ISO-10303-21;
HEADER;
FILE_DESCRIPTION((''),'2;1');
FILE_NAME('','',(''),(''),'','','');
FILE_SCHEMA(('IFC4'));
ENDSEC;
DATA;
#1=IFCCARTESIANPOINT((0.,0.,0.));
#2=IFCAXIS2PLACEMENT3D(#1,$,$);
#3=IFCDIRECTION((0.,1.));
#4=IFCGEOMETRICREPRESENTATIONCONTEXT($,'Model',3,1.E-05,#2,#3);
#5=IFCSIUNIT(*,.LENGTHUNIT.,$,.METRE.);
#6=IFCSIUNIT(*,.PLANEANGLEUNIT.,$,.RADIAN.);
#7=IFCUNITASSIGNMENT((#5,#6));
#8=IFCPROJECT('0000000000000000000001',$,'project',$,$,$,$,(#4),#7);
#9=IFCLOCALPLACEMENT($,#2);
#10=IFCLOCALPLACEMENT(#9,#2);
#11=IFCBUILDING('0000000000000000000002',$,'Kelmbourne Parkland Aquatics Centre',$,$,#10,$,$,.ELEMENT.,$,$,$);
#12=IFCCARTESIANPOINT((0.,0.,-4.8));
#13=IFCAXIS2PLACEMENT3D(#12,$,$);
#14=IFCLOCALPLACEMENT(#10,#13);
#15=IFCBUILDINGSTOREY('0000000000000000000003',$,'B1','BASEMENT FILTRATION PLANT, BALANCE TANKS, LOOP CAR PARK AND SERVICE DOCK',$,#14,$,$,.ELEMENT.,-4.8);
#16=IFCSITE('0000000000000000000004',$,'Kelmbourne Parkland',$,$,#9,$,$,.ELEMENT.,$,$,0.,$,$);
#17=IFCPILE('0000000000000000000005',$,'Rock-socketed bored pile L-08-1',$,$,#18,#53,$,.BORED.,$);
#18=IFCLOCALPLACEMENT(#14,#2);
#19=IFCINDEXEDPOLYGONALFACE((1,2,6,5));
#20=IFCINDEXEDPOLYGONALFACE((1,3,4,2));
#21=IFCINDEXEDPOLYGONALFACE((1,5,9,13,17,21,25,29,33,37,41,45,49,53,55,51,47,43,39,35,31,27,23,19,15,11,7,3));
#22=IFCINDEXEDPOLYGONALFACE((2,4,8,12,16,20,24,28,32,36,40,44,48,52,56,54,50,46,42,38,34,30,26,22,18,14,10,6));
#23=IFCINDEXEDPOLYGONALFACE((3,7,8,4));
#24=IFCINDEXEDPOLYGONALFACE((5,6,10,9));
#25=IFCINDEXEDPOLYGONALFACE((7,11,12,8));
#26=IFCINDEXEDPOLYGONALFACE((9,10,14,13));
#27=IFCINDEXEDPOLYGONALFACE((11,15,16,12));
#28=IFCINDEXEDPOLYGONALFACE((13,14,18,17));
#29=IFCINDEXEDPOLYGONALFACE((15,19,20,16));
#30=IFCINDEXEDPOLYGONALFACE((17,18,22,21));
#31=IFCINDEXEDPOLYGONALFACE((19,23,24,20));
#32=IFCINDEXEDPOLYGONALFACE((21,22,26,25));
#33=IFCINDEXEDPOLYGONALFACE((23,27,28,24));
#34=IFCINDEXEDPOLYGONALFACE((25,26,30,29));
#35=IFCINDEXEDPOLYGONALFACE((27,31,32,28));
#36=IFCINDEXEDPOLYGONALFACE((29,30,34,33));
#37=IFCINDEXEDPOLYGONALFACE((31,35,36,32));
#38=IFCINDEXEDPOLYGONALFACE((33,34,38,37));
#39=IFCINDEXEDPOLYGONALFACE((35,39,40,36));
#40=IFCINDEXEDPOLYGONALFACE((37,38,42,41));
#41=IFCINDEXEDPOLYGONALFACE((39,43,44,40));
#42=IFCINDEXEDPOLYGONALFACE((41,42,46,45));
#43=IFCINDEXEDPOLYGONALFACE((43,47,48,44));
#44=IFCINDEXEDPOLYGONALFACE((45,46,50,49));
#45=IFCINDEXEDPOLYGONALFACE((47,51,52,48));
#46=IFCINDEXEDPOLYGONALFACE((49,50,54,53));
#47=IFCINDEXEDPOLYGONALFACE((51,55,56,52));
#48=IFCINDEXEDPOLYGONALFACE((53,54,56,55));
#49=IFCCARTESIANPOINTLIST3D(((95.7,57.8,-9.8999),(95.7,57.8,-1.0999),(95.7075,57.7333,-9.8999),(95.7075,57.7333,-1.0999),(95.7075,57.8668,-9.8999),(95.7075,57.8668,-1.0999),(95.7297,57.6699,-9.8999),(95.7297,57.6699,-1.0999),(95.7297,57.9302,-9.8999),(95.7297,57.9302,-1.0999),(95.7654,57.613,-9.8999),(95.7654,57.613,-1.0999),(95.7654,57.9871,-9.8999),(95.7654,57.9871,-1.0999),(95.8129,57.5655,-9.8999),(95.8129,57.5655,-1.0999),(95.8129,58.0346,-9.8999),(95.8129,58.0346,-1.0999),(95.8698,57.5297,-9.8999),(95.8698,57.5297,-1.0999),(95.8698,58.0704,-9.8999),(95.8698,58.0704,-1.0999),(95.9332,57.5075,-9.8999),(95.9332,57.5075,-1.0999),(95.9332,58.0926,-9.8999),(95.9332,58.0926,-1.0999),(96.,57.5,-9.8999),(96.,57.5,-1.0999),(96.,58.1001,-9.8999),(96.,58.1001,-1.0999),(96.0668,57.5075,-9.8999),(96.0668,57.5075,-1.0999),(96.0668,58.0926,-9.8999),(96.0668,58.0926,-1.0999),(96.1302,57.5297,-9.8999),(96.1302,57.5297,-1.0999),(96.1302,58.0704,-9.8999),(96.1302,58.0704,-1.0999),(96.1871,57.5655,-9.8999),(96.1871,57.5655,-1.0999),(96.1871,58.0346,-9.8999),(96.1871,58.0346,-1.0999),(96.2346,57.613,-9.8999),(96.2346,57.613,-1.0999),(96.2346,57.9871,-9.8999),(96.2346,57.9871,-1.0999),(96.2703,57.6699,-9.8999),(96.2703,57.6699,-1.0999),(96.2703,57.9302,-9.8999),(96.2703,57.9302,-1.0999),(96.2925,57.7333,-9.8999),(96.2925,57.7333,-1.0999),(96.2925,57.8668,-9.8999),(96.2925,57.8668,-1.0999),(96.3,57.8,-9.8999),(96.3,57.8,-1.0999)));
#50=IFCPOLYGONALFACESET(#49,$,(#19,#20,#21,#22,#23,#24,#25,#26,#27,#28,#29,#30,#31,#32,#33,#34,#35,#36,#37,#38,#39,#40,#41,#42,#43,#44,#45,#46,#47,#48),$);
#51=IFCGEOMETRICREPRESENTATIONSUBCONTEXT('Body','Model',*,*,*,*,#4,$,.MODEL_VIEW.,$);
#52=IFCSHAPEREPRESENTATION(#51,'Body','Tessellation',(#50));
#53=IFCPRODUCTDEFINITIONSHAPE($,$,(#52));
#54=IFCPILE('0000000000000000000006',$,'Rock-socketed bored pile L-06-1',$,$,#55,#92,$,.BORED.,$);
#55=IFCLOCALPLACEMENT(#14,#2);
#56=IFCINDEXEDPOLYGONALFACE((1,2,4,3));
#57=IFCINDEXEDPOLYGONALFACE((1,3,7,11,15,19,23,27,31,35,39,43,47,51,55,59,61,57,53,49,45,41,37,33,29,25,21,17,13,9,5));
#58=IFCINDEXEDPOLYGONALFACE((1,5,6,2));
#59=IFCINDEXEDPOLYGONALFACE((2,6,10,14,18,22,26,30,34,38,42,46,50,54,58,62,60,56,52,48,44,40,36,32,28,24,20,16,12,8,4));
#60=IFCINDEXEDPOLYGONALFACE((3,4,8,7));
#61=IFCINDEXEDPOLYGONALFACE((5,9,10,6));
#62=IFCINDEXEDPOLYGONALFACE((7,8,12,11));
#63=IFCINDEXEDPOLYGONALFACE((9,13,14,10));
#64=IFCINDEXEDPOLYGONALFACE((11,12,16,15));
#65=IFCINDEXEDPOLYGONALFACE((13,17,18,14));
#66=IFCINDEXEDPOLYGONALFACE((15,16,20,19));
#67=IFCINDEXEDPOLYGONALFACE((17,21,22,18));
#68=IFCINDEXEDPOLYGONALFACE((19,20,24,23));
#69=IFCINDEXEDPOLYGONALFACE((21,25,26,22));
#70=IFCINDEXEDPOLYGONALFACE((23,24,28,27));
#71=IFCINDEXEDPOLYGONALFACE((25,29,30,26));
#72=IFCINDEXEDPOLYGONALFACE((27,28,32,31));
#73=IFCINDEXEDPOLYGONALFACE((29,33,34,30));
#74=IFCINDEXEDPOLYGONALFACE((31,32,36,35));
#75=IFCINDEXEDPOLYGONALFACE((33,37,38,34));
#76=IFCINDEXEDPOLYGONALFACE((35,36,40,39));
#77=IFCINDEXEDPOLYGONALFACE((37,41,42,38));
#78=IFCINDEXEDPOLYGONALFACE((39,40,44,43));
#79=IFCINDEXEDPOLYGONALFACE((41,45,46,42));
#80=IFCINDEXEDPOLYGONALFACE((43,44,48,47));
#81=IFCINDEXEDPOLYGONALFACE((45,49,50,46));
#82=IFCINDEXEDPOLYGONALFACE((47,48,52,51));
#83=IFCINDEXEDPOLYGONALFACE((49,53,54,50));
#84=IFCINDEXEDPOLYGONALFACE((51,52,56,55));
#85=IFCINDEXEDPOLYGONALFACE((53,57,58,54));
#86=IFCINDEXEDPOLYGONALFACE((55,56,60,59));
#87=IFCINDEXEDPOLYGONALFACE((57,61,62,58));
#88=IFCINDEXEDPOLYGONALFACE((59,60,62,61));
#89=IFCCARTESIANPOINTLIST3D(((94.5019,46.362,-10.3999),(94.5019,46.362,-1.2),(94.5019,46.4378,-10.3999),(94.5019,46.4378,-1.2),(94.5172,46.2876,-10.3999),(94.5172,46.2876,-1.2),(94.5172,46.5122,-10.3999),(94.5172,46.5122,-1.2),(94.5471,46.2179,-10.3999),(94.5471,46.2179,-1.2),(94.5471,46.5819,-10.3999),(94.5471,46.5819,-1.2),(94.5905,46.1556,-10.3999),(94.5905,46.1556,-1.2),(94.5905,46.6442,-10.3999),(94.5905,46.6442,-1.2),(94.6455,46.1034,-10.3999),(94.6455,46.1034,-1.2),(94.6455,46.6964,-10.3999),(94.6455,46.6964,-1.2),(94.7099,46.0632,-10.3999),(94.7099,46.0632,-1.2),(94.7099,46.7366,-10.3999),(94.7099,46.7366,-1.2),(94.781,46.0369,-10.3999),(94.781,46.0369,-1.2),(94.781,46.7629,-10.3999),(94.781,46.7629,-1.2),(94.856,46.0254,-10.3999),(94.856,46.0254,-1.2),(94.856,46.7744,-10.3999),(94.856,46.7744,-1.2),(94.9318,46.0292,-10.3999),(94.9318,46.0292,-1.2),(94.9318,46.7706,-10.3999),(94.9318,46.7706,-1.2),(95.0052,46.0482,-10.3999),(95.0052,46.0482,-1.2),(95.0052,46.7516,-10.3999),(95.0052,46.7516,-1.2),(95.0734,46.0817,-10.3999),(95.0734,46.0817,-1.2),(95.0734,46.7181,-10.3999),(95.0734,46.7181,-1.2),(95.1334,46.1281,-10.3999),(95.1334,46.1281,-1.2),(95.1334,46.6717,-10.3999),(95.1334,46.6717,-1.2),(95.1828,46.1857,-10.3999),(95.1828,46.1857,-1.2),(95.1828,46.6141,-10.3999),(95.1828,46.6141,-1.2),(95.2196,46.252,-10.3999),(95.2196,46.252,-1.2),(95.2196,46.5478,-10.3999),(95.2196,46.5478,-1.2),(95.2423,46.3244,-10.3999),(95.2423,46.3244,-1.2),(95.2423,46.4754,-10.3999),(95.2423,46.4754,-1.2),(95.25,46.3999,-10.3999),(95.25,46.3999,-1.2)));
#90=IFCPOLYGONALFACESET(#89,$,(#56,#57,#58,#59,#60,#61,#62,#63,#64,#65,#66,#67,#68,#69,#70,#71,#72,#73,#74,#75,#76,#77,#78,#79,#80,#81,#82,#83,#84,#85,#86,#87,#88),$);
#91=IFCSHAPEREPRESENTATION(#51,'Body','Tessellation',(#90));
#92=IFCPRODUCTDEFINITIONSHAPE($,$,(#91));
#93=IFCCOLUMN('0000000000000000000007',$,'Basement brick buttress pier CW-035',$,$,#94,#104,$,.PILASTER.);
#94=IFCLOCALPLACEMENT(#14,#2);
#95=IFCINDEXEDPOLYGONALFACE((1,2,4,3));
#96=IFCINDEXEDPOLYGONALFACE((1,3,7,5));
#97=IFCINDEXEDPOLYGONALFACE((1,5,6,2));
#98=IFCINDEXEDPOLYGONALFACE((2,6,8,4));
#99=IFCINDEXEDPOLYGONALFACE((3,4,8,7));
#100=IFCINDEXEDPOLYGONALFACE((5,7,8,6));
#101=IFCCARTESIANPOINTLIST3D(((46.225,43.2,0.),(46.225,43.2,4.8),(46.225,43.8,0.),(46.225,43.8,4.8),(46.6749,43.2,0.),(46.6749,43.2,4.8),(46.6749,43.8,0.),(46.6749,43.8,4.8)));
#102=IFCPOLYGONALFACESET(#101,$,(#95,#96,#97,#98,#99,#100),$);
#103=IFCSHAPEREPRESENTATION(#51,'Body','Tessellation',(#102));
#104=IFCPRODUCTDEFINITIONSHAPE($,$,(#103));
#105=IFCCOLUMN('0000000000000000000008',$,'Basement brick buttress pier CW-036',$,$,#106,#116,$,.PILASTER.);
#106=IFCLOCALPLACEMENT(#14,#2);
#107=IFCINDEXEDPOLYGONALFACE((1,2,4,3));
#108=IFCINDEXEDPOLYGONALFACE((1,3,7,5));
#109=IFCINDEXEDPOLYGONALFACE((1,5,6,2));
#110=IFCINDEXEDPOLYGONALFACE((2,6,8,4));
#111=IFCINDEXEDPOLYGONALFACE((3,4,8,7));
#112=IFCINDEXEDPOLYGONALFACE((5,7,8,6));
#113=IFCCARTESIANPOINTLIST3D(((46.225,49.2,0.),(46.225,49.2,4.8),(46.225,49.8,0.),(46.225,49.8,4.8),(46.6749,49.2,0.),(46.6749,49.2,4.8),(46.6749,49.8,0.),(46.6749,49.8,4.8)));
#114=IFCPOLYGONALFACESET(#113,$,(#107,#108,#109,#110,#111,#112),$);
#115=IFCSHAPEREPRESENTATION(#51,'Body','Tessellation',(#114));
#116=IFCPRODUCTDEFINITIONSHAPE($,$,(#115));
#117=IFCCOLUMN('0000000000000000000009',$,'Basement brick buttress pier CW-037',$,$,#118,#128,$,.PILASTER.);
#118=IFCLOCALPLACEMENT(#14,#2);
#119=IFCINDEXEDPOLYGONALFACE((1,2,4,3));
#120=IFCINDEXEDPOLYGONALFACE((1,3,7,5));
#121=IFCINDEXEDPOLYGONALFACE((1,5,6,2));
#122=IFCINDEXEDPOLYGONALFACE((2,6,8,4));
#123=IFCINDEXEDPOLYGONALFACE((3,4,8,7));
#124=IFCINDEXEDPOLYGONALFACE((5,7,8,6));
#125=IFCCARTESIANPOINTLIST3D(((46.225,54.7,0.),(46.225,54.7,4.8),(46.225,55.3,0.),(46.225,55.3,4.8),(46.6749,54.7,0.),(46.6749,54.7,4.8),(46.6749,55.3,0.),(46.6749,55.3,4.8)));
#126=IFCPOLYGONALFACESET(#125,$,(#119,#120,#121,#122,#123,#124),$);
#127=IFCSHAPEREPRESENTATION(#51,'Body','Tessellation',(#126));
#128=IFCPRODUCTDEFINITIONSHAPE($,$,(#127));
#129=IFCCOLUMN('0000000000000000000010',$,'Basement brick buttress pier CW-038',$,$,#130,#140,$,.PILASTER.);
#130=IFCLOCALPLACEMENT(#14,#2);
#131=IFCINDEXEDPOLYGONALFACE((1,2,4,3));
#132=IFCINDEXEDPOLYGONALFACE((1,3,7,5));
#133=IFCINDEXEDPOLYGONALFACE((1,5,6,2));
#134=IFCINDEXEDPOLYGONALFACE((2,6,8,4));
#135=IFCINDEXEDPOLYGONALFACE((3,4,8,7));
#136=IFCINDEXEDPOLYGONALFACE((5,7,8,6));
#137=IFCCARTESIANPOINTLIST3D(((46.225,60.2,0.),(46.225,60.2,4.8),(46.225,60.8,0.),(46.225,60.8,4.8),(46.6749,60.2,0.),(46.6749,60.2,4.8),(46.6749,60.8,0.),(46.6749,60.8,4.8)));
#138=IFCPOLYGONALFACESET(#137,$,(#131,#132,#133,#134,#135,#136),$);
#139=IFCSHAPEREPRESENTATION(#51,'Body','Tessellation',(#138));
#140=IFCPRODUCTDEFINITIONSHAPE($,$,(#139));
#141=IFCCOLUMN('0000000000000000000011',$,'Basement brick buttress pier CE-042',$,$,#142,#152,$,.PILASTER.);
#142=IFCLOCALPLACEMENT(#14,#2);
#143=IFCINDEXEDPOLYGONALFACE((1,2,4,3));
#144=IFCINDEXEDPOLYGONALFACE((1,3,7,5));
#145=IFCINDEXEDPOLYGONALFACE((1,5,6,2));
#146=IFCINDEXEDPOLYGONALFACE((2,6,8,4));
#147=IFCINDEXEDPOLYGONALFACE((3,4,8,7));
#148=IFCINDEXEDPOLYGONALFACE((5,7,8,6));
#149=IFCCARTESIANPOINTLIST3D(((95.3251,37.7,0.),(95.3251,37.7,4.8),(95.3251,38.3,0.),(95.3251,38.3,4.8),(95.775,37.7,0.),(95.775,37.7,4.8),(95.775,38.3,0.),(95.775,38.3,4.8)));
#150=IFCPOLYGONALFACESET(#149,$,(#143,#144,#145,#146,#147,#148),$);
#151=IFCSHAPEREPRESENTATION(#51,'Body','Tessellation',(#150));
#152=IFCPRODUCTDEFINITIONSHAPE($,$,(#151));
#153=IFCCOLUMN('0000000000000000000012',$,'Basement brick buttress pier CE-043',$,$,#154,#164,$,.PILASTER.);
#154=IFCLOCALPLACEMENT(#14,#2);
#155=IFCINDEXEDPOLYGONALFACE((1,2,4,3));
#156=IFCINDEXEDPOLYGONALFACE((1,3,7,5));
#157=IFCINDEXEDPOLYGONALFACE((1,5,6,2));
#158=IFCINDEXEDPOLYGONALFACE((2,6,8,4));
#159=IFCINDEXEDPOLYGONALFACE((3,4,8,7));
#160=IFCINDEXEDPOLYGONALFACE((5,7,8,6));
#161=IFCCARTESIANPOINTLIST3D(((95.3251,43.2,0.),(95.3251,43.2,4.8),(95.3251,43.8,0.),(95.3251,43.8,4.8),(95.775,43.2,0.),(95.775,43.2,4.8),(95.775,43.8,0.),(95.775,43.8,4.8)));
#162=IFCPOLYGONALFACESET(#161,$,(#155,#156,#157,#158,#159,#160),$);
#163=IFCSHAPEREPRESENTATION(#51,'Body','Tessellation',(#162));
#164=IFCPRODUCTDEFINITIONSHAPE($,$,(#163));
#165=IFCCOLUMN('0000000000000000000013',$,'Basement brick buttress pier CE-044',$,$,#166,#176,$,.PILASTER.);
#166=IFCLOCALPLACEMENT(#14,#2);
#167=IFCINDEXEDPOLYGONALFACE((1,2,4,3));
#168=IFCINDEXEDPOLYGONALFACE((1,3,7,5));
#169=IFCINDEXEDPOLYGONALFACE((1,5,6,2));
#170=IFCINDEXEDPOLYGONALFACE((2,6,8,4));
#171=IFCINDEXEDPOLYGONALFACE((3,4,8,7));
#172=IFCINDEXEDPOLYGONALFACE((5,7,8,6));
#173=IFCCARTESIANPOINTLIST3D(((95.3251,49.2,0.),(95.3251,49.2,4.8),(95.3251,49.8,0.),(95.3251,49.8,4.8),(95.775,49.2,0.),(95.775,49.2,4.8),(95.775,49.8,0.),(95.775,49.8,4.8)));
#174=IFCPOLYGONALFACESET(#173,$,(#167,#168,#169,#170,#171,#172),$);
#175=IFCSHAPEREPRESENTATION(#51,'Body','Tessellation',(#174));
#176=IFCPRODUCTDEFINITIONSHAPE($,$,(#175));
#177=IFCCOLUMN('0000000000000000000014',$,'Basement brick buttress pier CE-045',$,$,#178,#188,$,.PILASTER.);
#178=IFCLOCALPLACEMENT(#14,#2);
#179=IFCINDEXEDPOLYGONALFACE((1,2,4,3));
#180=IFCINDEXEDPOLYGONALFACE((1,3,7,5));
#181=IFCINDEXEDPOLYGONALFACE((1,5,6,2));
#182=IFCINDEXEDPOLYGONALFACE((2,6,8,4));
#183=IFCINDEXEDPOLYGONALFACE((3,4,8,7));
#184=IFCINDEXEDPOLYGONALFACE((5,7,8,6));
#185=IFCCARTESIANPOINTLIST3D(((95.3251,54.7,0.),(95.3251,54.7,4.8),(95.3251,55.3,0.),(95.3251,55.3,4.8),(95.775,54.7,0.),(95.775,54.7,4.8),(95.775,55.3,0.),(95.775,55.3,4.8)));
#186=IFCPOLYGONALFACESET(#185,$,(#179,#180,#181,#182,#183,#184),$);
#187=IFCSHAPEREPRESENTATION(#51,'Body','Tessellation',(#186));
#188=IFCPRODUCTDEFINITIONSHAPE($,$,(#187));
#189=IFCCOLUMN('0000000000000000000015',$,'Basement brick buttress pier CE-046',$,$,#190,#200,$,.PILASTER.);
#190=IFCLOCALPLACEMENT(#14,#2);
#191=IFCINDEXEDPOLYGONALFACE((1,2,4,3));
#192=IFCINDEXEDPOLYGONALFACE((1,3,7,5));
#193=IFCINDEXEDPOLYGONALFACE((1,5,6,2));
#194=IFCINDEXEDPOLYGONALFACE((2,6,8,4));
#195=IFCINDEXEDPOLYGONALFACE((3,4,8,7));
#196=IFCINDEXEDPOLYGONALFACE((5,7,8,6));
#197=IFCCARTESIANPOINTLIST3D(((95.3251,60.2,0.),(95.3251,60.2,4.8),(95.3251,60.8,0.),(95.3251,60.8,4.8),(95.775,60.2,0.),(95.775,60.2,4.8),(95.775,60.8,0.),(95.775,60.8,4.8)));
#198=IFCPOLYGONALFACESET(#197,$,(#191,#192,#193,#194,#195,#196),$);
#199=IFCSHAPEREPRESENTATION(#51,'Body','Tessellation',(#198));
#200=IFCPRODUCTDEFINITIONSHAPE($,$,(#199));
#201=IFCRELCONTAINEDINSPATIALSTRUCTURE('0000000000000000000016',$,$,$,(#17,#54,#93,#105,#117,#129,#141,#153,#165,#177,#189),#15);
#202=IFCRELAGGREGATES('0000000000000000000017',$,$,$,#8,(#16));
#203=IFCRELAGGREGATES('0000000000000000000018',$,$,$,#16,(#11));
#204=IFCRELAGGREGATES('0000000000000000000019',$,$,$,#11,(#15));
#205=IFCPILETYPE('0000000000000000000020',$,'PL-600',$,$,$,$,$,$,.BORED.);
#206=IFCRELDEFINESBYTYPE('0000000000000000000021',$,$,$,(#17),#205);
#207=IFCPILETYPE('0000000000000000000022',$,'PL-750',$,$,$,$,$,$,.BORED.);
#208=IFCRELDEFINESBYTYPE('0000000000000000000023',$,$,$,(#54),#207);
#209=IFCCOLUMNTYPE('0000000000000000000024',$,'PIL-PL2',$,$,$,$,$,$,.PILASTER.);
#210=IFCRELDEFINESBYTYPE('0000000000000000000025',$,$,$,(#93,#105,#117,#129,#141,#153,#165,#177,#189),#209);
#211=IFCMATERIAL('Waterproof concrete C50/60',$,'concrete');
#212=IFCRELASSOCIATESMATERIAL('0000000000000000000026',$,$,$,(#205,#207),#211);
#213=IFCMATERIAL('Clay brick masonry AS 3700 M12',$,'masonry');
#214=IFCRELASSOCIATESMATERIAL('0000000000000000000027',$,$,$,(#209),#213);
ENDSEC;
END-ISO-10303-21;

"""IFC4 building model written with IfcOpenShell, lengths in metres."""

from ifc_helpers import new_model, si_unit, direction, frame, origin, origin_2d, place, context, subcontext, project, spatial, rectangle, circle, extrude, material, material_profile, profile_set, type_object, element, save


model = new_model("IFC4")

# Units and contexts
model_context = context("Model", 3, precision=1e-05, world=origin(), true_north=direction((0.0, 1.0)))
body_context = subcontext(model_context, "Body", "Model", "MODEL_VIEW")
ifc_project = project(units=[si_unit("LENGTHUNIT", "METRE"), si_unit("PLANEANGLEUNIT", "RADIAN")], contexts=[model_context])

# Site, building, storey
site_placement = place(None, origin())
site = spatial("IfcSite", under=ifc_project, at=site_placement, Name="Kelmbourne Parkland", CompositionType="ELEMENT", RefElevation=0.0)
building_placement = place(site_placement, origin())
building = spatial("IfcBuilding", under=site, at=building_placement, Name="Kelmbourne Parkland Aquatics Centre", CompositionType="ELEMENT")
storey_placement = place(building_placement, frame((0.0, 0.0, -4.8)))
storey = spatial("IfcBuildingStorey", under=building, at=storey_placement, Name="B1", Description="BASEMENT FILTRATION PLANT, BALANCE TANKS, LOOP CAR PARK AND SERVICE DOCK", CompositionType="ELEMENT", Elevation=-4.8)

# Shared definitions
ifc_material_1 = material(Name="Waterproof concrete C50/60", Category="concrete")

# Piles
ifc_material_profile_1 = material_profile(ifc_material_1, circle(Radius=0.3, at=origin_2d()), Name="PILE D600")
ifc_profile_set_1 = profile_set([ifc_material_profile_1], Name="Waterproof concrete C50/60")
pile_type_1 = type_object("IfcPileType", Name="PL-600", PredefinedType="BORED", material=ifc_profile_set_1)
for number, where, z_axis, x_axis, name in (
    (1, (96.0, 57.8, -1.0999), (0.0, 0.0, -1.0), (1.0, 0.0, 0.0), "Rock-socketed bored pile L-08-1"),
):
    element("IfcPile", number, at=place(storey_placement, frame(where, z_axis=z_axis, x_axis=x_axis)), inside=storey, type_object=pile_type_1, Name=name, PredefinedType="BORED", context=body_context, shape_type="SweptSolid", body=[
        extrude(circle(Radius=0.3, at=origin_2d()), origin(), (0.0, 0.0, 1.0), 8.8),
    ])
ifc_material_profile_2 = material_profile(ifc_material_1, circle(Radius=0.375, at=origin_2d()), Name="PILE D750")
ifc_profile_set_2 = profile_set([ifc_material_profile_2], Name="Waterproof concrete C50/60")
pile_type_2 = type_object("IfcPileType", Name="PL-750", PredefinedType="BORED", material=ifc_profile_set_2)
pile_placement = place(storey_placement, frame((94.875, 46.3999, -1.2), z_axis=(0.0, 0.0, -1.0), x_axis=(1.0, 0.0, 0.0)))
element("IfcPile", 2, at=pile_placement, inside=storey, type_object=pile_type_2, Name="Rock-socketed bored pile L-06-1", PredefinedType="BORED", context=body_context, shape_type="SweptSolid", body=[
    extrude(circle(Radius=0.375, at=origin_2d()), origin(), (0.0, 0.0, 1.0), 9.2),
])

# Columns
ifc_material_2 = material(Name="Clay brick masonry AS 3700 M12", Category="masonry")
ifc_material_profile_3 = material_profile(ifc_material_2, rectangle(XDim=0.45, YDim=0.6001, at=origin_2d()), Name="PIL 450x600")
ifc_profile_set_3 = profile_set([ifc_material_profile_3], Name="Clay brick masonry AS 3700 M12")
column_type = type_object("IfcColumnType", Name="PIL-PL2", PredefinedType="PILASTER", material=ifc_profile_set_3)
for number, where, z_axis, x_axis, name in (
    (3, (46.45, 43.5, 0.0), (0.0, 0.0, 1.0), (1.0, 0.0, 0.0), "Basement brick buttress pier CW-035"),
    (4, (46.45, 49.5, 0.0), (0.0, 0.0, 1.0), (1.0, 0.0, 0.0), "Basement brick buttress pier CW-036"),
    (5, (46.45, 55.0, 0.0), (0.0, 0.0, 1.0), (1.0, 0.0, 0.0), "Basement brick buttress pier CW-037"),
    (6, (46.45, 60.5, 0.0), (0.0, 0.0, 1.0), (1.0, 0.0, 0.0), "Basement brick buttress pier CW-038"),
    (7, (95.55, 38.0, 0.0), (0.0, 0.0, 1.0), (1.0, 0.0, 0.0), "Basement brick buttress pier CE-042"),
    (8, (95.55, 43.5, 0.0), (0.0, 0.0, 1.0), (1.0, 0.0, 0.0), "Basement brick buttress pier CE-043"),
    (9, (95.55, 49.5, 0.0), (0.0, 0.0, 1.0), (1.0, 0.0, 0.0), "Basement brick buttress pier CE-044"),
    (10, (95.55, 55.0, 0.0), (0.0, 0.0, 1.0), (1.0, 0.0, 0.0), "Basement brick buttress pier CE-045"),
    (11, (95.55, 60.5, 0.0), (0.0, 0.0, 1.0), (1.0, 0.0, 0.0), "Basement brick buttress pier CE-046"),
):
    element("IfcColumn", number, at=place(storey_placement, frame(where, z_axis=z_axis, x_axis=x_axis)), inside=storey, type_object=column_type, Name=name, PredefinedType="PILASTER", context=body_context, shape_type="SweptSolid", body=[
        extrude(rectangle(XDim=0.45, YDim=0.6001, at=origin_2d()), origin(), (0.0, 0.0, 1.0), 4.8),
    ])

save(model, "model.ifc")
